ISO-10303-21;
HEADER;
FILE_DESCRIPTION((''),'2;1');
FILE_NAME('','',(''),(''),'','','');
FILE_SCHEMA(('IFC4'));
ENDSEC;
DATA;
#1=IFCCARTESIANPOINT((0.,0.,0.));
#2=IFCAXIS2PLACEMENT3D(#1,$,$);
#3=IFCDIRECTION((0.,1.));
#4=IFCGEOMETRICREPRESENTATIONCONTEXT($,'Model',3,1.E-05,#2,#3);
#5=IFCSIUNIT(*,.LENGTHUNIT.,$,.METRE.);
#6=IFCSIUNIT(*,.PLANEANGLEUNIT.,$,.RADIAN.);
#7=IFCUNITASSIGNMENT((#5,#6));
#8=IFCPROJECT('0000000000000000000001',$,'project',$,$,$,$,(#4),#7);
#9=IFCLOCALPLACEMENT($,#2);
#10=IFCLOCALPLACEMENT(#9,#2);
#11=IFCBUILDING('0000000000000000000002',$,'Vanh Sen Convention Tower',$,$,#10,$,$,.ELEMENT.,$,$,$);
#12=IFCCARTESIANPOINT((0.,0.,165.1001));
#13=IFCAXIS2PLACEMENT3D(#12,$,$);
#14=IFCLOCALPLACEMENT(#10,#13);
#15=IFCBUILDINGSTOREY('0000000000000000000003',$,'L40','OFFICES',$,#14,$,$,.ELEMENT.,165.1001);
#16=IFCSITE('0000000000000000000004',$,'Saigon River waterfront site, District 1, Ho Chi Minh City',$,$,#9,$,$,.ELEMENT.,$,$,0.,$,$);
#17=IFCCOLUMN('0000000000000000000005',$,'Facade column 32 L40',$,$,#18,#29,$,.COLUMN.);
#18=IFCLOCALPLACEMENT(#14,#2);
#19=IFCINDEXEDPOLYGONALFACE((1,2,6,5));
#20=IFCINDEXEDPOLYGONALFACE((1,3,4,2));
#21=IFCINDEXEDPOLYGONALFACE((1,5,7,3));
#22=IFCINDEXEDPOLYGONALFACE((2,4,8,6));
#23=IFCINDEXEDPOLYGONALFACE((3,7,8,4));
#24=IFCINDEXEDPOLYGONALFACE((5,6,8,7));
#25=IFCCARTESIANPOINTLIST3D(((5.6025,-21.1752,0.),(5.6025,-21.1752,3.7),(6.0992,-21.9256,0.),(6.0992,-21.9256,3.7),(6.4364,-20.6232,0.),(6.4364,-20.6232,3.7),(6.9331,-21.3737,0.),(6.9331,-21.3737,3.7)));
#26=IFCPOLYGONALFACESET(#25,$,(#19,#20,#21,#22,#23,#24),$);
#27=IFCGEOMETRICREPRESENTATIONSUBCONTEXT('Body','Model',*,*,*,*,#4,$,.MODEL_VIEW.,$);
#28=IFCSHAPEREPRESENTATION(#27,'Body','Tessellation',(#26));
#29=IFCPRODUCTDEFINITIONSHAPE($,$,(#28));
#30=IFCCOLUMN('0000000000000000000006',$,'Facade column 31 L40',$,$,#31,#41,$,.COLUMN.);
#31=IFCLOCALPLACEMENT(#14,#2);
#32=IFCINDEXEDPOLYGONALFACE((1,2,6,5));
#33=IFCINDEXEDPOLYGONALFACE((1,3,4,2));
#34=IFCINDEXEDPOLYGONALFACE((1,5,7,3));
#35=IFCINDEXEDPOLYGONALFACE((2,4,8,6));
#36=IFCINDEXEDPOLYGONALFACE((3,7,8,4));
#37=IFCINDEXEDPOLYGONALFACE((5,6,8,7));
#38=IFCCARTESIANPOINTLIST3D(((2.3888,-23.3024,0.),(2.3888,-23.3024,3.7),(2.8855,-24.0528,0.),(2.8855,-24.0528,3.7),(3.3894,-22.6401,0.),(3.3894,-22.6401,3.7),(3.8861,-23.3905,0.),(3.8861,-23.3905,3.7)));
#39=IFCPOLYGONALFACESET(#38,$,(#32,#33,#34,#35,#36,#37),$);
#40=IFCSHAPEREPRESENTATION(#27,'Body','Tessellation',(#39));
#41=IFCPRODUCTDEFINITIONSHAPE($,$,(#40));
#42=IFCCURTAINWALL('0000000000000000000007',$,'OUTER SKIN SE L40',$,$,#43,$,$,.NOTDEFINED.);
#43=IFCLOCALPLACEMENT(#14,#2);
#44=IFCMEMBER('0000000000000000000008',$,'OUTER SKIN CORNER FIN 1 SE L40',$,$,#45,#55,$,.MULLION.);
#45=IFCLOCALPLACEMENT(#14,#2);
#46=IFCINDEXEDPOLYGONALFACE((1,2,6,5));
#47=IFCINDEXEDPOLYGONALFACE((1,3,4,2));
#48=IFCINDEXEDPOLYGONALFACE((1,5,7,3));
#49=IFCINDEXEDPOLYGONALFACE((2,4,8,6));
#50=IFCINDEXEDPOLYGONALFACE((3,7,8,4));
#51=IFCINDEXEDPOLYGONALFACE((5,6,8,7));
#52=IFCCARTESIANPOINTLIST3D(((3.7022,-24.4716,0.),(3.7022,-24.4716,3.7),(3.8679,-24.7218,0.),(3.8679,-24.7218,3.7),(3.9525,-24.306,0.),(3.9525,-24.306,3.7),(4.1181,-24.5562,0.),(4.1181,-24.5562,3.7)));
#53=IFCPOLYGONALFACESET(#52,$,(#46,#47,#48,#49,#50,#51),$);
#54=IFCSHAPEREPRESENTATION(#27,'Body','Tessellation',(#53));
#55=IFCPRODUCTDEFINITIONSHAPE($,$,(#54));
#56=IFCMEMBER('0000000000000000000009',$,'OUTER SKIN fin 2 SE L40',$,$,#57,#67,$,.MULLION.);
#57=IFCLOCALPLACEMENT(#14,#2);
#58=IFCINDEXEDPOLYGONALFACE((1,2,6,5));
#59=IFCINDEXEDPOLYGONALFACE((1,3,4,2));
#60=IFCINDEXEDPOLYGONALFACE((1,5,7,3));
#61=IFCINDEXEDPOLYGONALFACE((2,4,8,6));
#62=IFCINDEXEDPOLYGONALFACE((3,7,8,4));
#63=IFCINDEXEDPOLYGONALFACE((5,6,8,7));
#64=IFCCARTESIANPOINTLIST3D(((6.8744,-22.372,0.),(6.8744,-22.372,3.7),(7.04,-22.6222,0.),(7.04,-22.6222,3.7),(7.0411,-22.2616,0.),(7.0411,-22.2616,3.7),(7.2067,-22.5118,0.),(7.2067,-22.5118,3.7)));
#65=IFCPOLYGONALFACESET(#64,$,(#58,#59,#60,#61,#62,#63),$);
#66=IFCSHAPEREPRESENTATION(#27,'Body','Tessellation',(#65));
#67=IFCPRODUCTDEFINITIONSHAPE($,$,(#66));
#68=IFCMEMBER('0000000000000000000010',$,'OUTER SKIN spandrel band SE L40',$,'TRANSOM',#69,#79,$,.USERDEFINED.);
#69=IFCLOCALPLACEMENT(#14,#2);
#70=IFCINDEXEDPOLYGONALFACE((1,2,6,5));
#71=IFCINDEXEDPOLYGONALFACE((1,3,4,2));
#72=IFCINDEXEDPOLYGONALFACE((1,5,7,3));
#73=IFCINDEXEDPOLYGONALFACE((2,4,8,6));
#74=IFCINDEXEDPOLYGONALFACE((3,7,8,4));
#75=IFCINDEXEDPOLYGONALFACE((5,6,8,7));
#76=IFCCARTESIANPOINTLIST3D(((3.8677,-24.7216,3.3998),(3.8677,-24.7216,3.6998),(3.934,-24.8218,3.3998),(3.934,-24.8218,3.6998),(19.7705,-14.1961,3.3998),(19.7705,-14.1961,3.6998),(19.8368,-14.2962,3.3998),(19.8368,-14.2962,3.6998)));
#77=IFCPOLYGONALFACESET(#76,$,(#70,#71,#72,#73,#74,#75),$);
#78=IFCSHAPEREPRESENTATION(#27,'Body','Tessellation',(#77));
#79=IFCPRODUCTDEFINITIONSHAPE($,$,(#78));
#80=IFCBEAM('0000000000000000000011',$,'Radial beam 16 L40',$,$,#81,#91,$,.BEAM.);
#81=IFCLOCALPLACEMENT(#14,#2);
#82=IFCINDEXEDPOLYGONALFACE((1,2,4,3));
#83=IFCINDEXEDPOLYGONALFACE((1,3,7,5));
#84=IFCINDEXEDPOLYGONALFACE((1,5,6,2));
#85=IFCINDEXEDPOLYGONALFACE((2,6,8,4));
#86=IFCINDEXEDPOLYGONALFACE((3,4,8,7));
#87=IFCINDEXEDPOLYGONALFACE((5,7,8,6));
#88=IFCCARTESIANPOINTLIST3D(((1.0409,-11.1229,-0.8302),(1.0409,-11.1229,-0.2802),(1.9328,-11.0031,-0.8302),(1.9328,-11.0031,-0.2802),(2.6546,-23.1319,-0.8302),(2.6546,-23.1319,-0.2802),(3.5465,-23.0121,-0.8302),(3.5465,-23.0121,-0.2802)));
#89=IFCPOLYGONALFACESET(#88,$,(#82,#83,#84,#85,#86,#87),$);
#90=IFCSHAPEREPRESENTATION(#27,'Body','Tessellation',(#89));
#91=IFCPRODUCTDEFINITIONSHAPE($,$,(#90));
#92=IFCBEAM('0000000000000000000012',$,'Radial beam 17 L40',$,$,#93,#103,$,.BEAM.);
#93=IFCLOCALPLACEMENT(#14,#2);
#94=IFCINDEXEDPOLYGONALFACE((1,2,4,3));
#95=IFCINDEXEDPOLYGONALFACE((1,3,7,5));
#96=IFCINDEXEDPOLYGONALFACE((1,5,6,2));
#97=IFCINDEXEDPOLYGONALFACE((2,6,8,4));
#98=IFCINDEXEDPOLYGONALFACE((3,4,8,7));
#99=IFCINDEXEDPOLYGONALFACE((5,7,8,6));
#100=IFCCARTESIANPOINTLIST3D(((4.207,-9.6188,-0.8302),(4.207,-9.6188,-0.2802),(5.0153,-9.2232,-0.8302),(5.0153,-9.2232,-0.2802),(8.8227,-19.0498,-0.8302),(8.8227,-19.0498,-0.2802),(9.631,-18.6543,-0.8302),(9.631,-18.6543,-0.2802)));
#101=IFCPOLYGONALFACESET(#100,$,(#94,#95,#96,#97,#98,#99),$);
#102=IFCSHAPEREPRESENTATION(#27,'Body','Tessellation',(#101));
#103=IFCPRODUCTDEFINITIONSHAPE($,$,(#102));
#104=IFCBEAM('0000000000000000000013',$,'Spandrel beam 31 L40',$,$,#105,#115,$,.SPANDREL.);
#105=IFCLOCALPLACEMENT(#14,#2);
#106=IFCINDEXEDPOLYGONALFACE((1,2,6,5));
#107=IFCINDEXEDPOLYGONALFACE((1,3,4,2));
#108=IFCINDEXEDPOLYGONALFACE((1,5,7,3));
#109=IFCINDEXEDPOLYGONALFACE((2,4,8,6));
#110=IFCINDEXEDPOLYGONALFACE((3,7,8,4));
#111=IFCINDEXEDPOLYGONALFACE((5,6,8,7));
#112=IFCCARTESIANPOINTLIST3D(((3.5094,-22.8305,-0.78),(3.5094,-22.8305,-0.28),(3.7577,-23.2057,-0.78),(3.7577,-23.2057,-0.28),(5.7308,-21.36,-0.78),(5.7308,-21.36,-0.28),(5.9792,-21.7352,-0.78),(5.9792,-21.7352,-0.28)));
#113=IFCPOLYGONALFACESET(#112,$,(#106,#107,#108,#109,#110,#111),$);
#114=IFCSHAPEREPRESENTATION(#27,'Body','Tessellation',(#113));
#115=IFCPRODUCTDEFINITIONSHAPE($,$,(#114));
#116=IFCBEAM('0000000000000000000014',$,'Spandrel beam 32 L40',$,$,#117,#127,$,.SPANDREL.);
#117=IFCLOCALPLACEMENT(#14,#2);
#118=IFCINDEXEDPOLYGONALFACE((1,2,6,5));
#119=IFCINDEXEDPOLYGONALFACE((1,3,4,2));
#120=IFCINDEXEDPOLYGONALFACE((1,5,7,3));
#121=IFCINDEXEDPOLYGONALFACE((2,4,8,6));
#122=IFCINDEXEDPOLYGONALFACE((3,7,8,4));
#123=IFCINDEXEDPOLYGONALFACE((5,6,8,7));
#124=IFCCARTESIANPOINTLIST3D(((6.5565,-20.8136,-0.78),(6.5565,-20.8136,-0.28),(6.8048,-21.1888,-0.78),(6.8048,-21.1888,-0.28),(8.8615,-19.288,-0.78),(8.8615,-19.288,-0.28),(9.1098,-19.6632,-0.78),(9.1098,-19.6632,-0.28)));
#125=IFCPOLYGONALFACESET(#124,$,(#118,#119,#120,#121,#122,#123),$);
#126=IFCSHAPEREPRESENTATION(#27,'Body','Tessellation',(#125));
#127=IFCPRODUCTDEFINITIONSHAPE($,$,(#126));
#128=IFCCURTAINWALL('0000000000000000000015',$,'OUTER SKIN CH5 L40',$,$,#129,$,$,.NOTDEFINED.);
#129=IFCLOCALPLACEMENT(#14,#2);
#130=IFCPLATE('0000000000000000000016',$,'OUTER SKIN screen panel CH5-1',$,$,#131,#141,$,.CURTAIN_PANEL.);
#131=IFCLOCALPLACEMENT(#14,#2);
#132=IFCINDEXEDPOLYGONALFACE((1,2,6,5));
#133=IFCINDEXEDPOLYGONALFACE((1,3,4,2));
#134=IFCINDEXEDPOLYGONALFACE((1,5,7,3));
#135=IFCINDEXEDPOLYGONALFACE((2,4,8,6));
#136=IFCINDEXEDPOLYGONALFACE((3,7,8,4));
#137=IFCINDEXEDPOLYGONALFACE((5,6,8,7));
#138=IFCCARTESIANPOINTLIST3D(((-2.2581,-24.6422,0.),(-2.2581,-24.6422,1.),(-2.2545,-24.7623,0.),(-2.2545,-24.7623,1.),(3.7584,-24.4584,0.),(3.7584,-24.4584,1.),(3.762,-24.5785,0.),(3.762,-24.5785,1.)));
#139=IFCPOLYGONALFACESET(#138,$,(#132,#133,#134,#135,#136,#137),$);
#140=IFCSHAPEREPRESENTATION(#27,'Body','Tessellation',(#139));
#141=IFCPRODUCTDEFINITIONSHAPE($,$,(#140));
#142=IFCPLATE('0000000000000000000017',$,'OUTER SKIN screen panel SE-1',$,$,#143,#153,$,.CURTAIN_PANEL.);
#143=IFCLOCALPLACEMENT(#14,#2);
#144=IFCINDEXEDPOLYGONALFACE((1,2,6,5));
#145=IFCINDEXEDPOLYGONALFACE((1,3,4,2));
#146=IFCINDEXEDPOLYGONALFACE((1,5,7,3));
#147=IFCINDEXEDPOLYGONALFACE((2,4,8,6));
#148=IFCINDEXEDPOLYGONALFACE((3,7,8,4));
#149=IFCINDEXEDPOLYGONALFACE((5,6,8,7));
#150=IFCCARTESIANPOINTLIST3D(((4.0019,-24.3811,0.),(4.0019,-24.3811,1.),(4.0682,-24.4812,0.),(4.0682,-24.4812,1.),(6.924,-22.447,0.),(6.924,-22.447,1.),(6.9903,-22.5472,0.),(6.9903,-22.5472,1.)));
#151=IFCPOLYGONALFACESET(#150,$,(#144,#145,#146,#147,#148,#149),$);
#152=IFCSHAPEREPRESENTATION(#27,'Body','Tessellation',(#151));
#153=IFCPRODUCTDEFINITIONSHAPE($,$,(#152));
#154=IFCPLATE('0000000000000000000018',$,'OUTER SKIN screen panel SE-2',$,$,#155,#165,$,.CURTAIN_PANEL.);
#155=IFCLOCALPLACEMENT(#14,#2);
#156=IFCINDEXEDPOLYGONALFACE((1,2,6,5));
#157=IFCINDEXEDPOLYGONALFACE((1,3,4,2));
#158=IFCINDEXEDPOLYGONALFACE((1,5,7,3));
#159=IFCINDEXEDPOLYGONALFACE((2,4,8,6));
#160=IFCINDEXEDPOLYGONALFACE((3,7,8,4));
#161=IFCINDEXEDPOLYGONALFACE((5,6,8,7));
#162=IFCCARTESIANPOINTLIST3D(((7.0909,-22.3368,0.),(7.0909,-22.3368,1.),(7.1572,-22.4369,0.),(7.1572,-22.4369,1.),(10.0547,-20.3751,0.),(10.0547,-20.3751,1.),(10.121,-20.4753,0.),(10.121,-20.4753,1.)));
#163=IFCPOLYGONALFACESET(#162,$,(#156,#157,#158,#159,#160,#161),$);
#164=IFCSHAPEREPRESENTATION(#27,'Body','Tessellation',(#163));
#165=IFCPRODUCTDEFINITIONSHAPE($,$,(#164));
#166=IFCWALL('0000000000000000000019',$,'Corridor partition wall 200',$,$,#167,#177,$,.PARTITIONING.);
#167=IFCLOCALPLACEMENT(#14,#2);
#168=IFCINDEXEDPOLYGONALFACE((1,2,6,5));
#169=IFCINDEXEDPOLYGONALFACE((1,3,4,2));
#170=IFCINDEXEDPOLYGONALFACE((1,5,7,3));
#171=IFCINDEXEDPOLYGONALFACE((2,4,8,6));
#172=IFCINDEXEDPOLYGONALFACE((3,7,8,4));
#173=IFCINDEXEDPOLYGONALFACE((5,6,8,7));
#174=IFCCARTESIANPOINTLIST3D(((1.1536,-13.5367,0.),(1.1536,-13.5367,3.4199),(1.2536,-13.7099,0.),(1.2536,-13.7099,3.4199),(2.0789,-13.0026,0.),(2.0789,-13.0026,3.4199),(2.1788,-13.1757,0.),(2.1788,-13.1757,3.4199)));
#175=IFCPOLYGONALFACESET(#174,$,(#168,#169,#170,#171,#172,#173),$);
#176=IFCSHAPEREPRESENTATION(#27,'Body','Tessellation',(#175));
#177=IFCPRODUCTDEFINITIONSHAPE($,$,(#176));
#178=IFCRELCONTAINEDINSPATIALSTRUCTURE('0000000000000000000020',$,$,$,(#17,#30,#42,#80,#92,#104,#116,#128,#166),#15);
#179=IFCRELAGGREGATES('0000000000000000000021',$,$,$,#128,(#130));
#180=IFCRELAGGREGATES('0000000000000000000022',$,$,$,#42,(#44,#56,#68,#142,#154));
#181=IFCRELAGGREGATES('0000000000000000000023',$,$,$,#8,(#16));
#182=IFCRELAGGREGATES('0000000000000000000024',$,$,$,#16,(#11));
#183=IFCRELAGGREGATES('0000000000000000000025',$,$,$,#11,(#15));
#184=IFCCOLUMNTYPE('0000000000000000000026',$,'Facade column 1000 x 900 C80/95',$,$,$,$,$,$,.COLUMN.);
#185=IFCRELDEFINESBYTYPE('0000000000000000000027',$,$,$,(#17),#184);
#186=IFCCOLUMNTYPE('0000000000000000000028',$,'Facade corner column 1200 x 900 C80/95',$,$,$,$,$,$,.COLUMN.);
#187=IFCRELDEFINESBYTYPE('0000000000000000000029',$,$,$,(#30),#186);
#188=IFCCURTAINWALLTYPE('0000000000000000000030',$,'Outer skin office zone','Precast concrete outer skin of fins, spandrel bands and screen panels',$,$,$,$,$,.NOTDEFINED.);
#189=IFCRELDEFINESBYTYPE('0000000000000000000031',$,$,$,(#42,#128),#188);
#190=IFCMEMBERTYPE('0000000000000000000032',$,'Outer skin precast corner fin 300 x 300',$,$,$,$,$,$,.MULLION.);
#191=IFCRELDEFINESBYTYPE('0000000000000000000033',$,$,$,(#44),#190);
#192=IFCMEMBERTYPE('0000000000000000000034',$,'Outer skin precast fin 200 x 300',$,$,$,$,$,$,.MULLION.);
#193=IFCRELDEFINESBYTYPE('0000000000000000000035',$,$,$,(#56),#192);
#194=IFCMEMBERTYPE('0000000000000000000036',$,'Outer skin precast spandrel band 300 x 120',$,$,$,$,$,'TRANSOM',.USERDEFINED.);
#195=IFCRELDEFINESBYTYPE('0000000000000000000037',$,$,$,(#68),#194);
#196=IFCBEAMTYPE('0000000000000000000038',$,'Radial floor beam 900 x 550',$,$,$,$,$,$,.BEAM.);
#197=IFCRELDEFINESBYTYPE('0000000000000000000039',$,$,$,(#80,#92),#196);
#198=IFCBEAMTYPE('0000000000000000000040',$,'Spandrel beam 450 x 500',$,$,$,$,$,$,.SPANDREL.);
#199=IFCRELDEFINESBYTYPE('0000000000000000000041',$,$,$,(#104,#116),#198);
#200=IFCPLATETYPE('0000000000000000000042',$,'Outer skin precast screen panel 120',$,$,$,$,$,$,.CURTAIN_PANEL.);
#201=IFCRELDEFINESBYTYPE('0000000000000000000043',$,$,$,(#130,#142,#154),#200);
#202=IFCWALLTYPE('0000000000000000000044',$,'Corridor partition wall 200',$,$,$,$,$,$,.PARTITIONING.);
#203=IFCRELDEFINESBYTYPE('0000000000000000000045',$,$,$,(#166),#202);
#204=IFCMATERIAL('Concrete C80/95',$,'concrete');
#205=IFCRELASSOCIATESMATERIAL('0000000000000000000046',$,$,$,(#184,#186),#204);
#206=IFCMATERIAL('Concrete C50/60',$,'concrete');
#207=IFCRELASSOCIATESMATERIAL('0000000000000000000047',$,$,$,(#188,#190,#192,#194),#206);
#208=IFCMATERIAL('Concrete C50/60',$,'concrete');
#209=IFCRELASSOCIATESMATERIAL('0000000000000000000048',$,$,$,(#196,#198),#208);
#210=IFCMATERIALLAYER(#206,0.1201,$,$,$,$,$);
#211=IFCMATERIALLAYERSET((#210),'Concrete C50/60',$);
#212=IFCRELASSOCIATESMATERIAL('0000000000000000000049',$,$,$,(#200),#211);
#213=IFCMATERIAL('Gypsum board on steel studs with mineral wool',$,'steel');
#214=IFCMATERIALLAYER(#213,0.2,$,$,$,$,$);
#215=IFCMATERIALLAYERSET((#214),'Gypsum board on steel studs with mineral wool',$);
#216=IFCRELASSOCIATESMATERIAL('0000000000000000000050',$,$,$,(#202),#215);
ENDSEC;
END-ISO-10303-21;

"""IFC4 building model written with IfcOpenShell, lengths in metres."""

from ifc_helpers import new_model, si_unit, direction, frame, frame_2d, origin, origin_2d, place, context, subcontext, project, spatial, rectangle, extrude, material, layer, layer_set, material_profile, profile_set, type_object, element, aggregate, save


model = new_model("IFC4")

# Units and contexts
model_context = context("Model", 3, precision=1e-05, world=origin(), true_north=direction((0.0, 1.0)))
body_context = subcontext(model_context, "Body", "Model", "MODEL_VIEW")
ifc_project = project(units=[si_unit("LENGTHUNIT", "METRE"), si_unit("PLANEANGLEUNIT", "RADIAN")], contexts=[model_context])

# Site, building, storey
site_placement = place(None, origin())
site = spatial("IfcSite", under=ifc_project, at=site_placement, Name="Saigon River waterfront site, District 1, Ho Chi Minh City", CompositionType="ELEMENT", RefElevation=0.0)
building_placement = place(site_placement, origin())
building = spatial("IfcBuilding", under=site, at=building_placement, Name="Vanh Sen Convention Tower", CompositionType="ELEMENT")
storey_placement = place(building_placement, frame((0.0, 0.0, 165.1001)))
storey = spatial("IfcBuildingStorey", under=building, at=storey_placement, Name="L40", Description="OFFICES", CompositionType="ELEMENT", Elevation=165.1001)

# Columns
ifc_material_1 = material(Name="Concrete C80/95", Category="concrete")
ifc_material_profile_1 = material_profile(ifc_material_1, rectangle(XDim=1.0, YDim=0.8999, at=origin_2d()), Name="RC 1000X900")
ifc_profile_set_1 = profile_set([ifc_material_profile_1], Name="Concrete C80/95")
column_type_1 = type_object("IfcColumnType", Name="Facade column 1000 x 900 C80/95", PredefinedType="COLUMN", material=ifc_profile_set_1)
column_1_placement = place(storey_placement, frame((6.2678, -21.2744, 0.0), z_axis=(0.0, 0.0, 1.0), x_axis=(0.833886, 0.551937, 0.0)))
element("IfcColumn", 1, at=column_1_placement, inside=storey, type_object=column_type_1, Name="Facade column 32 L40", PredefinedType="COLUMN", context=body_context, shape_type="SweptSolid", body=[
    extrude(rectangle(XDim=1.0, YDim=0.8999, at=origin_2d()), origin(), (0.0, 0.0, 1.0), 3.7),
])
ifc_material_profile_2 = material_profile(ifc_material_1, rectangle(XDim=1.2, YDim=0.8999, at=origin_2d()), Name="RC 1200X900")
ifc_profile_set_2 = profile_set([ifc_material_profile_2], Name="Concrete C80/95")
column_type_2 = type_object("IfcColumnType", Name="Facade corner column 1200 x 900 C80/95", PredefinedType="COLUMN", material=ifc_profile_set_2)
column_2_placement = place(storey_placement, frame((3.1375, -23.3464, 0.0), z_axis=(0.0, 0.0, 1.0), x_axis=(0.833886, 0.551937, 0.0)))
element("IfcColumn", 2, at=column_2_placement, inside=storey, type_object=column_type_2, Name="Facade column 31 L40", PredefinedType="COLUMN", context=body_context, shape_type="SweptSolid", body=[
    extrude(rectangle(XDim=1.2, YDim=0.8999, at=origin_2d()), origin(), (0.0, 0.0, 1.0), 3.7),
])

# Curtain wall, members
ifc_material_2 = material(Name="Concrete C50/60", Category="concrete")
curtain_wall_type = type_object("IfcCurtainWallType", Name="Outer skin office zone", Description="Precast concrete outer skin of fins, spandrel bands and screen panels", PredefinedType="NOTDEFINED", material=ifc_material_2)
curtain_wall_1_placement = place(storey_placement, origin())
curtain_wall_1 = element("IfcCurtainWall", 3, at=curtain_wall_1_placement, inside=storey, type_object=curtain_wall_type, Name="OUTER SKIN SE L40", PredefinedType="NOTDEFINED")
ifc_material_profile_3 = material_profile(ifc_material_2, rectangle(XDim=0.3, YDim=0.3, at=origin_2d()), Name="Outer skin precast corner fin 300 x 300")
ifc_profile_set_3 = profile_set([ifc_material_profile_3], Name="Concrete C50/60")
member_type_1 = type_object("IfcMemberType", Name="Outer skin precast corner fin 300 x 300", PredefinedType="MULLION", material=ifc_profile_set_3)
member_1_placement = place(storey_placement, frame((3.9102, -24.5139, 0.0), z_axis=(0.0, 0.0, 1.0), x_axis=(0.833886, 0.551937, 0.0)))
member_1 = element("IfcMember", 4, at=member_1_placement, type_object=member_type_1, Name="OUTER SKIN CORNER FIN 1 SE L40", PredefinedType="MULLION", context=body_context, shape_type="SweptSolid", body=[
    extrude(rectangle(XDim=0.3, YDim=0.3, at=origin_2d()), origin(), (0.0, 0.0, 1.0), 3.7),
])
ifc_material_profile_4 = material_profile(ifc_material_2, rectangle(XDim=0.2, YDim=0.3, at=origin_2d()), Name="Outer skin precast fin 200 x 300")
ifc_profile_set_4 = profile_set([ifc_material_profile_4], Name="Concrete C50/60")
member_type_2 = type_object("IfcMemberType", Name="Outer skin precast fin 200 x 300", PredefinedType="MULLION", material=ifc_profile_set_4)
member_2_placement = place(storey_placement, frame((7.0405, -22.4419, 0.0), z_axis=(0.0, 0.0, 1.0), x_axis=(0.833886, 0.551937, 0.0)))
member_2 = element("IfcMember", 5, at=member_2_placement, type_object=member_type_2, Name="OUTER SKIN fin 2 SE L40", PredefinedType="MULLION", context=body_context, shape_type="SweptSolid", body=[
    extrude(rectangle(XDim=0.2, YDim=0.3, at=origin_2d()), origin(), (0.0, 0.0, 1.0), 3.7),
])
ifc_material_profile_5 = material_profile(ifc_material_2, rectangle(XDim=0.1201, YDim=0.3, at=origin_2d()), Name="Outer skin precast spandrel band 300 x 120")
ifc_profile_set_5 = profile_set([ifc_material_profile_5], Name="Concrete C50/60")
member_type_3 = type_object("IfcMemberType", Name="Outer skin precast spandrel band 300 x 120", ElementType="TRANSOM", PredefinedType="USERDEFINED", material=ifc_profile_set_5)
member_3_placement = place(storey_placement, frame((3.9009, -24.7717, 3.5498), z_axis=(0.833891, 0.551929, 0.0), x_axis=(-0.551929, 0.833891, 0.0)))
member_3 = element("IfcMember", 6, at=member_3_placement, type_object=member_type_3, Name="OUTER SKIN spandrel band SE L40", ObjectType="TRANSOM", PredefinedType="USERDEFINED", context=body_context, shape_type="SweptSolid", body=[
    extrude(rectangle(XDim=0.1201, YDim=0.3, at=origin_2d()), origin(), (0.0, 0.0, 1.0), 19.0706),
])

# Beams
ifc_material_3 = material(Name="Concrete C50/60", Category="concrete")
ifc_material_profile_6 = material_profile(ifc_material_3, rectangle(XDim=0.8999, YDim=0.55, at=origin_2d()), Name="RC 900X550")
ifc_profile_set_6 = profile_set([ifc_material_profile_6], Name="Concrete C50/60")
beam_type_1 = type_object("IfcBeamType", Name="Radial floor beam 900 x 550", PredefinedType="BEAM", material=ifc_profile_set_6)
beam_1_placement = place(storey_placement, frame((3.1006, -23.072, -0.5552), z_axis=(-0.133183, 0.991092, 0.0), x_axis=(-0.991092, -0.133183, 0.0)))
element("IfcBeam", 7, at=beam_1_placement, inside=storey, type_object=beam_type_1, Name="Radial beam 16 L40", PredefinedType="BEAM", context=body_context, shape_type="SweptSolid", body=[
    extrude(rectangle(XDim=0.8999, YDim=0.55, at=origin_2d()), origin(), (0.0, 0.0, 1.0), 12.1169),
])
beam_2_placement = place(storey_placement, frame((9.2268, -18.8521, -0.5552), z_axis=(-0.43959, 0.898199, 0.0), x_axis=(-0.898199, -0.43959, 0.0)))
element("IfcBeam", 8, at=beam_2_placement, inside=storey, type_object=beam_type_1, Name="Radial beam 17 L40", PredefinedType="BEAM", context=body_context, shape_type="SweptSolid", body=[
    extrude(rectangle(XDim=0.8999, YDim=0.55, at=origin_2d()), origin(), (0.0, 0.0, 1.0), 10.5),
])
ifc_material_profile_7 = material_profile(ifc_material_3, rectangle(XDim=0.45, YDim=0.5, at=origin_2d()), Name="RC 450X500")
ifc_profile_set_7 = profile_set([ifc_material_profile_7], Name="Concrete C50/60")
beam_type_2 = type_object("IfcBeamType", Name="Spandrel beam 450 x 500", PredefinedType="SPANDREL", material=ifc_profile_set_7)
beam_3_placement = place(storey_placement, frame((3.6335, -23.0181, -0.53), z_axis=(0.833865, 0.551969, 0.0), x_axis=(-0.551969, 0.833865, 0.0)))
element("IfcBeam", 9, at=beam_3_placement, inside=storey, type_object=beam_type_2, Name="Spandrel beam 31 L40", PredefinedType="SPANDREL", context=body_context, shape_type="SweptSolid", body=[
    extrude(rectangle(XDim=0.45, YDim=0.5, at=origin_2d()), origin(), (0.0, 0.0, 1.0), 2.6641),
])
beam_4_placement = place(storey_placement, frame((6.6807, -21.0012, -0.53), z_axis=(0.83388, 0.551945, 0.0), x_axis=(-0.551945, 0.83388, 0.0)))
element("IfcBeam", 10, at=beam_4_placement, inside=storey, type_object=beam_type_2, Name="Spandrel beam 32 L40", PredefinedType="SPANDREL", context=body_context, shape_type="SweptSolid", body=[
    extrude(rectangle(XDim=0.45, YDim=0.5, at=origin_2d()), origin(), (0.0, 0.0, 1.0), 2.7642),
])

# Curtain wall, plate
curtain_wall_2_placement = place(storey_placement, origin())
curtain_wall_2 = element("IfcCurtainWall", 11, at=curtain_wall_2_placement, inside=storey, type_object=curtain_wall_type, Name="OUTER SKIN CH5 L40", PredefinedType="NOTDEFINED")
ifc_layer_1 = layer(ifc_material_2, 0.1201)
ifc_layer_set_1 = layer_set([ifc_layer_1], Name="Concrete C50/60")
plate_type = type_object("IfcPlateType", Name="Outer skin precast screen panel 120", PredefinedType="CURTAIN_PANEL", material=ifc_layer_set_1)
plate_1_placement = place(storey_placement, frame((0.752, -24.6104, 0.0), z_axis=(0.0, 0.0, 1.0), x_axis=(0.999534, 0.03054, 0.0)))
plate_1 = element("IfcPlate", 12, at=plate_1_placement, type_object=plate_type, Name="OUTER SKIN screen panel CH5-1", PredefinedType="CURTAIN_PANEL", context=body_context, shape_type="SweptSolid", body=[
    extrude(rectangle(XDim=6.0193, YDim=0.1201, at=origin_2d()), origin(), (0.0, 0.0, 1.0), 1.0),
])
aggregate(curtain_wall_2, [plate_1])

# Plates
plate_2_placement = place(storey_placement, frame((5.4961, -23.4641, 0.0), z_axis=(0.0, 0.0, 1.0), x_axis=(0.83389, 0.551931, 0.0)))
plate_2 = element("IfcPlate", 13, at=plate_2_placement, type_object=plate_type, Name="OUTER SKIN screen panel SE-1", PredefinedType="CURTAIN_PANEL", context=body_context, shape_type="SweptSolid", body=[
    extrude(rectangle(XDim=3.5042, YDim=0.1201, at=origin_2d()), origin(), (0.0, 0.0, 1.0), 1.0),
])
plate_3_placement = place(storey_placement, frame((8.606, -21.406, 0.0), z_axis=(0.0, 0.0, 1.0), x_axis=(0.83389, 0.551931, 0.0)))
plate_3 = element("IfcPlate", 14, at=plate_3_placement, type_object=plate_type, Name="OUTER SKIN screen panel SE-2", PredefinedType="CURTAIN_PANEL", context=body_context, shape_type="SweptSolid", body=[
    extrude(rectangle(XDim=3.5542, YDim=0.1201, at=origin_2d()), origin(), (0.0, 0.0, 1.0), 1.0),
])
aggregate(curtain_wall_1, [member_1, member_2, member_3, plate_2, plate_3])

# Wall
ifc_material_4 = material(Name="Gypsum board on steel studs with mineral wool", Category="steel")
ifc_layer_2 = layer(ifc_material_4, 0.2)
ifc_layer_set_2 = layer_set([ifc_layer_2], Name="Gypsum board on steel studs with mineral wool")
wall_type_1 = type_object("IfcWallType", Name="Corridor partition wall 200", PredefinedType="PARTITIONING", material=ifc_layer_set_2)
wall_1_placement = place(storey_placement, frame((1.2036, -13.6233, 0.0), z_axis=(0.0, 0.0, 1.0), x_axis=(0.866041, 0.499973, 0.0)))
element("IfcWall", 15, at=wall_1_placement, inside=storey, type_object=wall_type_1, Name="Corridor partition wall 200", PredefinedType="PARTITIONING", context=body_context, shape_type="SweptSolid", body=[
    extrude(rectangle(XDim=1.0684, YDim=0.2, at=frame_2d((0.5342, 0.0))), origin(), (0.0, 0.0, 1.0), 3.4199),
])

save(model, "model.ifc")
